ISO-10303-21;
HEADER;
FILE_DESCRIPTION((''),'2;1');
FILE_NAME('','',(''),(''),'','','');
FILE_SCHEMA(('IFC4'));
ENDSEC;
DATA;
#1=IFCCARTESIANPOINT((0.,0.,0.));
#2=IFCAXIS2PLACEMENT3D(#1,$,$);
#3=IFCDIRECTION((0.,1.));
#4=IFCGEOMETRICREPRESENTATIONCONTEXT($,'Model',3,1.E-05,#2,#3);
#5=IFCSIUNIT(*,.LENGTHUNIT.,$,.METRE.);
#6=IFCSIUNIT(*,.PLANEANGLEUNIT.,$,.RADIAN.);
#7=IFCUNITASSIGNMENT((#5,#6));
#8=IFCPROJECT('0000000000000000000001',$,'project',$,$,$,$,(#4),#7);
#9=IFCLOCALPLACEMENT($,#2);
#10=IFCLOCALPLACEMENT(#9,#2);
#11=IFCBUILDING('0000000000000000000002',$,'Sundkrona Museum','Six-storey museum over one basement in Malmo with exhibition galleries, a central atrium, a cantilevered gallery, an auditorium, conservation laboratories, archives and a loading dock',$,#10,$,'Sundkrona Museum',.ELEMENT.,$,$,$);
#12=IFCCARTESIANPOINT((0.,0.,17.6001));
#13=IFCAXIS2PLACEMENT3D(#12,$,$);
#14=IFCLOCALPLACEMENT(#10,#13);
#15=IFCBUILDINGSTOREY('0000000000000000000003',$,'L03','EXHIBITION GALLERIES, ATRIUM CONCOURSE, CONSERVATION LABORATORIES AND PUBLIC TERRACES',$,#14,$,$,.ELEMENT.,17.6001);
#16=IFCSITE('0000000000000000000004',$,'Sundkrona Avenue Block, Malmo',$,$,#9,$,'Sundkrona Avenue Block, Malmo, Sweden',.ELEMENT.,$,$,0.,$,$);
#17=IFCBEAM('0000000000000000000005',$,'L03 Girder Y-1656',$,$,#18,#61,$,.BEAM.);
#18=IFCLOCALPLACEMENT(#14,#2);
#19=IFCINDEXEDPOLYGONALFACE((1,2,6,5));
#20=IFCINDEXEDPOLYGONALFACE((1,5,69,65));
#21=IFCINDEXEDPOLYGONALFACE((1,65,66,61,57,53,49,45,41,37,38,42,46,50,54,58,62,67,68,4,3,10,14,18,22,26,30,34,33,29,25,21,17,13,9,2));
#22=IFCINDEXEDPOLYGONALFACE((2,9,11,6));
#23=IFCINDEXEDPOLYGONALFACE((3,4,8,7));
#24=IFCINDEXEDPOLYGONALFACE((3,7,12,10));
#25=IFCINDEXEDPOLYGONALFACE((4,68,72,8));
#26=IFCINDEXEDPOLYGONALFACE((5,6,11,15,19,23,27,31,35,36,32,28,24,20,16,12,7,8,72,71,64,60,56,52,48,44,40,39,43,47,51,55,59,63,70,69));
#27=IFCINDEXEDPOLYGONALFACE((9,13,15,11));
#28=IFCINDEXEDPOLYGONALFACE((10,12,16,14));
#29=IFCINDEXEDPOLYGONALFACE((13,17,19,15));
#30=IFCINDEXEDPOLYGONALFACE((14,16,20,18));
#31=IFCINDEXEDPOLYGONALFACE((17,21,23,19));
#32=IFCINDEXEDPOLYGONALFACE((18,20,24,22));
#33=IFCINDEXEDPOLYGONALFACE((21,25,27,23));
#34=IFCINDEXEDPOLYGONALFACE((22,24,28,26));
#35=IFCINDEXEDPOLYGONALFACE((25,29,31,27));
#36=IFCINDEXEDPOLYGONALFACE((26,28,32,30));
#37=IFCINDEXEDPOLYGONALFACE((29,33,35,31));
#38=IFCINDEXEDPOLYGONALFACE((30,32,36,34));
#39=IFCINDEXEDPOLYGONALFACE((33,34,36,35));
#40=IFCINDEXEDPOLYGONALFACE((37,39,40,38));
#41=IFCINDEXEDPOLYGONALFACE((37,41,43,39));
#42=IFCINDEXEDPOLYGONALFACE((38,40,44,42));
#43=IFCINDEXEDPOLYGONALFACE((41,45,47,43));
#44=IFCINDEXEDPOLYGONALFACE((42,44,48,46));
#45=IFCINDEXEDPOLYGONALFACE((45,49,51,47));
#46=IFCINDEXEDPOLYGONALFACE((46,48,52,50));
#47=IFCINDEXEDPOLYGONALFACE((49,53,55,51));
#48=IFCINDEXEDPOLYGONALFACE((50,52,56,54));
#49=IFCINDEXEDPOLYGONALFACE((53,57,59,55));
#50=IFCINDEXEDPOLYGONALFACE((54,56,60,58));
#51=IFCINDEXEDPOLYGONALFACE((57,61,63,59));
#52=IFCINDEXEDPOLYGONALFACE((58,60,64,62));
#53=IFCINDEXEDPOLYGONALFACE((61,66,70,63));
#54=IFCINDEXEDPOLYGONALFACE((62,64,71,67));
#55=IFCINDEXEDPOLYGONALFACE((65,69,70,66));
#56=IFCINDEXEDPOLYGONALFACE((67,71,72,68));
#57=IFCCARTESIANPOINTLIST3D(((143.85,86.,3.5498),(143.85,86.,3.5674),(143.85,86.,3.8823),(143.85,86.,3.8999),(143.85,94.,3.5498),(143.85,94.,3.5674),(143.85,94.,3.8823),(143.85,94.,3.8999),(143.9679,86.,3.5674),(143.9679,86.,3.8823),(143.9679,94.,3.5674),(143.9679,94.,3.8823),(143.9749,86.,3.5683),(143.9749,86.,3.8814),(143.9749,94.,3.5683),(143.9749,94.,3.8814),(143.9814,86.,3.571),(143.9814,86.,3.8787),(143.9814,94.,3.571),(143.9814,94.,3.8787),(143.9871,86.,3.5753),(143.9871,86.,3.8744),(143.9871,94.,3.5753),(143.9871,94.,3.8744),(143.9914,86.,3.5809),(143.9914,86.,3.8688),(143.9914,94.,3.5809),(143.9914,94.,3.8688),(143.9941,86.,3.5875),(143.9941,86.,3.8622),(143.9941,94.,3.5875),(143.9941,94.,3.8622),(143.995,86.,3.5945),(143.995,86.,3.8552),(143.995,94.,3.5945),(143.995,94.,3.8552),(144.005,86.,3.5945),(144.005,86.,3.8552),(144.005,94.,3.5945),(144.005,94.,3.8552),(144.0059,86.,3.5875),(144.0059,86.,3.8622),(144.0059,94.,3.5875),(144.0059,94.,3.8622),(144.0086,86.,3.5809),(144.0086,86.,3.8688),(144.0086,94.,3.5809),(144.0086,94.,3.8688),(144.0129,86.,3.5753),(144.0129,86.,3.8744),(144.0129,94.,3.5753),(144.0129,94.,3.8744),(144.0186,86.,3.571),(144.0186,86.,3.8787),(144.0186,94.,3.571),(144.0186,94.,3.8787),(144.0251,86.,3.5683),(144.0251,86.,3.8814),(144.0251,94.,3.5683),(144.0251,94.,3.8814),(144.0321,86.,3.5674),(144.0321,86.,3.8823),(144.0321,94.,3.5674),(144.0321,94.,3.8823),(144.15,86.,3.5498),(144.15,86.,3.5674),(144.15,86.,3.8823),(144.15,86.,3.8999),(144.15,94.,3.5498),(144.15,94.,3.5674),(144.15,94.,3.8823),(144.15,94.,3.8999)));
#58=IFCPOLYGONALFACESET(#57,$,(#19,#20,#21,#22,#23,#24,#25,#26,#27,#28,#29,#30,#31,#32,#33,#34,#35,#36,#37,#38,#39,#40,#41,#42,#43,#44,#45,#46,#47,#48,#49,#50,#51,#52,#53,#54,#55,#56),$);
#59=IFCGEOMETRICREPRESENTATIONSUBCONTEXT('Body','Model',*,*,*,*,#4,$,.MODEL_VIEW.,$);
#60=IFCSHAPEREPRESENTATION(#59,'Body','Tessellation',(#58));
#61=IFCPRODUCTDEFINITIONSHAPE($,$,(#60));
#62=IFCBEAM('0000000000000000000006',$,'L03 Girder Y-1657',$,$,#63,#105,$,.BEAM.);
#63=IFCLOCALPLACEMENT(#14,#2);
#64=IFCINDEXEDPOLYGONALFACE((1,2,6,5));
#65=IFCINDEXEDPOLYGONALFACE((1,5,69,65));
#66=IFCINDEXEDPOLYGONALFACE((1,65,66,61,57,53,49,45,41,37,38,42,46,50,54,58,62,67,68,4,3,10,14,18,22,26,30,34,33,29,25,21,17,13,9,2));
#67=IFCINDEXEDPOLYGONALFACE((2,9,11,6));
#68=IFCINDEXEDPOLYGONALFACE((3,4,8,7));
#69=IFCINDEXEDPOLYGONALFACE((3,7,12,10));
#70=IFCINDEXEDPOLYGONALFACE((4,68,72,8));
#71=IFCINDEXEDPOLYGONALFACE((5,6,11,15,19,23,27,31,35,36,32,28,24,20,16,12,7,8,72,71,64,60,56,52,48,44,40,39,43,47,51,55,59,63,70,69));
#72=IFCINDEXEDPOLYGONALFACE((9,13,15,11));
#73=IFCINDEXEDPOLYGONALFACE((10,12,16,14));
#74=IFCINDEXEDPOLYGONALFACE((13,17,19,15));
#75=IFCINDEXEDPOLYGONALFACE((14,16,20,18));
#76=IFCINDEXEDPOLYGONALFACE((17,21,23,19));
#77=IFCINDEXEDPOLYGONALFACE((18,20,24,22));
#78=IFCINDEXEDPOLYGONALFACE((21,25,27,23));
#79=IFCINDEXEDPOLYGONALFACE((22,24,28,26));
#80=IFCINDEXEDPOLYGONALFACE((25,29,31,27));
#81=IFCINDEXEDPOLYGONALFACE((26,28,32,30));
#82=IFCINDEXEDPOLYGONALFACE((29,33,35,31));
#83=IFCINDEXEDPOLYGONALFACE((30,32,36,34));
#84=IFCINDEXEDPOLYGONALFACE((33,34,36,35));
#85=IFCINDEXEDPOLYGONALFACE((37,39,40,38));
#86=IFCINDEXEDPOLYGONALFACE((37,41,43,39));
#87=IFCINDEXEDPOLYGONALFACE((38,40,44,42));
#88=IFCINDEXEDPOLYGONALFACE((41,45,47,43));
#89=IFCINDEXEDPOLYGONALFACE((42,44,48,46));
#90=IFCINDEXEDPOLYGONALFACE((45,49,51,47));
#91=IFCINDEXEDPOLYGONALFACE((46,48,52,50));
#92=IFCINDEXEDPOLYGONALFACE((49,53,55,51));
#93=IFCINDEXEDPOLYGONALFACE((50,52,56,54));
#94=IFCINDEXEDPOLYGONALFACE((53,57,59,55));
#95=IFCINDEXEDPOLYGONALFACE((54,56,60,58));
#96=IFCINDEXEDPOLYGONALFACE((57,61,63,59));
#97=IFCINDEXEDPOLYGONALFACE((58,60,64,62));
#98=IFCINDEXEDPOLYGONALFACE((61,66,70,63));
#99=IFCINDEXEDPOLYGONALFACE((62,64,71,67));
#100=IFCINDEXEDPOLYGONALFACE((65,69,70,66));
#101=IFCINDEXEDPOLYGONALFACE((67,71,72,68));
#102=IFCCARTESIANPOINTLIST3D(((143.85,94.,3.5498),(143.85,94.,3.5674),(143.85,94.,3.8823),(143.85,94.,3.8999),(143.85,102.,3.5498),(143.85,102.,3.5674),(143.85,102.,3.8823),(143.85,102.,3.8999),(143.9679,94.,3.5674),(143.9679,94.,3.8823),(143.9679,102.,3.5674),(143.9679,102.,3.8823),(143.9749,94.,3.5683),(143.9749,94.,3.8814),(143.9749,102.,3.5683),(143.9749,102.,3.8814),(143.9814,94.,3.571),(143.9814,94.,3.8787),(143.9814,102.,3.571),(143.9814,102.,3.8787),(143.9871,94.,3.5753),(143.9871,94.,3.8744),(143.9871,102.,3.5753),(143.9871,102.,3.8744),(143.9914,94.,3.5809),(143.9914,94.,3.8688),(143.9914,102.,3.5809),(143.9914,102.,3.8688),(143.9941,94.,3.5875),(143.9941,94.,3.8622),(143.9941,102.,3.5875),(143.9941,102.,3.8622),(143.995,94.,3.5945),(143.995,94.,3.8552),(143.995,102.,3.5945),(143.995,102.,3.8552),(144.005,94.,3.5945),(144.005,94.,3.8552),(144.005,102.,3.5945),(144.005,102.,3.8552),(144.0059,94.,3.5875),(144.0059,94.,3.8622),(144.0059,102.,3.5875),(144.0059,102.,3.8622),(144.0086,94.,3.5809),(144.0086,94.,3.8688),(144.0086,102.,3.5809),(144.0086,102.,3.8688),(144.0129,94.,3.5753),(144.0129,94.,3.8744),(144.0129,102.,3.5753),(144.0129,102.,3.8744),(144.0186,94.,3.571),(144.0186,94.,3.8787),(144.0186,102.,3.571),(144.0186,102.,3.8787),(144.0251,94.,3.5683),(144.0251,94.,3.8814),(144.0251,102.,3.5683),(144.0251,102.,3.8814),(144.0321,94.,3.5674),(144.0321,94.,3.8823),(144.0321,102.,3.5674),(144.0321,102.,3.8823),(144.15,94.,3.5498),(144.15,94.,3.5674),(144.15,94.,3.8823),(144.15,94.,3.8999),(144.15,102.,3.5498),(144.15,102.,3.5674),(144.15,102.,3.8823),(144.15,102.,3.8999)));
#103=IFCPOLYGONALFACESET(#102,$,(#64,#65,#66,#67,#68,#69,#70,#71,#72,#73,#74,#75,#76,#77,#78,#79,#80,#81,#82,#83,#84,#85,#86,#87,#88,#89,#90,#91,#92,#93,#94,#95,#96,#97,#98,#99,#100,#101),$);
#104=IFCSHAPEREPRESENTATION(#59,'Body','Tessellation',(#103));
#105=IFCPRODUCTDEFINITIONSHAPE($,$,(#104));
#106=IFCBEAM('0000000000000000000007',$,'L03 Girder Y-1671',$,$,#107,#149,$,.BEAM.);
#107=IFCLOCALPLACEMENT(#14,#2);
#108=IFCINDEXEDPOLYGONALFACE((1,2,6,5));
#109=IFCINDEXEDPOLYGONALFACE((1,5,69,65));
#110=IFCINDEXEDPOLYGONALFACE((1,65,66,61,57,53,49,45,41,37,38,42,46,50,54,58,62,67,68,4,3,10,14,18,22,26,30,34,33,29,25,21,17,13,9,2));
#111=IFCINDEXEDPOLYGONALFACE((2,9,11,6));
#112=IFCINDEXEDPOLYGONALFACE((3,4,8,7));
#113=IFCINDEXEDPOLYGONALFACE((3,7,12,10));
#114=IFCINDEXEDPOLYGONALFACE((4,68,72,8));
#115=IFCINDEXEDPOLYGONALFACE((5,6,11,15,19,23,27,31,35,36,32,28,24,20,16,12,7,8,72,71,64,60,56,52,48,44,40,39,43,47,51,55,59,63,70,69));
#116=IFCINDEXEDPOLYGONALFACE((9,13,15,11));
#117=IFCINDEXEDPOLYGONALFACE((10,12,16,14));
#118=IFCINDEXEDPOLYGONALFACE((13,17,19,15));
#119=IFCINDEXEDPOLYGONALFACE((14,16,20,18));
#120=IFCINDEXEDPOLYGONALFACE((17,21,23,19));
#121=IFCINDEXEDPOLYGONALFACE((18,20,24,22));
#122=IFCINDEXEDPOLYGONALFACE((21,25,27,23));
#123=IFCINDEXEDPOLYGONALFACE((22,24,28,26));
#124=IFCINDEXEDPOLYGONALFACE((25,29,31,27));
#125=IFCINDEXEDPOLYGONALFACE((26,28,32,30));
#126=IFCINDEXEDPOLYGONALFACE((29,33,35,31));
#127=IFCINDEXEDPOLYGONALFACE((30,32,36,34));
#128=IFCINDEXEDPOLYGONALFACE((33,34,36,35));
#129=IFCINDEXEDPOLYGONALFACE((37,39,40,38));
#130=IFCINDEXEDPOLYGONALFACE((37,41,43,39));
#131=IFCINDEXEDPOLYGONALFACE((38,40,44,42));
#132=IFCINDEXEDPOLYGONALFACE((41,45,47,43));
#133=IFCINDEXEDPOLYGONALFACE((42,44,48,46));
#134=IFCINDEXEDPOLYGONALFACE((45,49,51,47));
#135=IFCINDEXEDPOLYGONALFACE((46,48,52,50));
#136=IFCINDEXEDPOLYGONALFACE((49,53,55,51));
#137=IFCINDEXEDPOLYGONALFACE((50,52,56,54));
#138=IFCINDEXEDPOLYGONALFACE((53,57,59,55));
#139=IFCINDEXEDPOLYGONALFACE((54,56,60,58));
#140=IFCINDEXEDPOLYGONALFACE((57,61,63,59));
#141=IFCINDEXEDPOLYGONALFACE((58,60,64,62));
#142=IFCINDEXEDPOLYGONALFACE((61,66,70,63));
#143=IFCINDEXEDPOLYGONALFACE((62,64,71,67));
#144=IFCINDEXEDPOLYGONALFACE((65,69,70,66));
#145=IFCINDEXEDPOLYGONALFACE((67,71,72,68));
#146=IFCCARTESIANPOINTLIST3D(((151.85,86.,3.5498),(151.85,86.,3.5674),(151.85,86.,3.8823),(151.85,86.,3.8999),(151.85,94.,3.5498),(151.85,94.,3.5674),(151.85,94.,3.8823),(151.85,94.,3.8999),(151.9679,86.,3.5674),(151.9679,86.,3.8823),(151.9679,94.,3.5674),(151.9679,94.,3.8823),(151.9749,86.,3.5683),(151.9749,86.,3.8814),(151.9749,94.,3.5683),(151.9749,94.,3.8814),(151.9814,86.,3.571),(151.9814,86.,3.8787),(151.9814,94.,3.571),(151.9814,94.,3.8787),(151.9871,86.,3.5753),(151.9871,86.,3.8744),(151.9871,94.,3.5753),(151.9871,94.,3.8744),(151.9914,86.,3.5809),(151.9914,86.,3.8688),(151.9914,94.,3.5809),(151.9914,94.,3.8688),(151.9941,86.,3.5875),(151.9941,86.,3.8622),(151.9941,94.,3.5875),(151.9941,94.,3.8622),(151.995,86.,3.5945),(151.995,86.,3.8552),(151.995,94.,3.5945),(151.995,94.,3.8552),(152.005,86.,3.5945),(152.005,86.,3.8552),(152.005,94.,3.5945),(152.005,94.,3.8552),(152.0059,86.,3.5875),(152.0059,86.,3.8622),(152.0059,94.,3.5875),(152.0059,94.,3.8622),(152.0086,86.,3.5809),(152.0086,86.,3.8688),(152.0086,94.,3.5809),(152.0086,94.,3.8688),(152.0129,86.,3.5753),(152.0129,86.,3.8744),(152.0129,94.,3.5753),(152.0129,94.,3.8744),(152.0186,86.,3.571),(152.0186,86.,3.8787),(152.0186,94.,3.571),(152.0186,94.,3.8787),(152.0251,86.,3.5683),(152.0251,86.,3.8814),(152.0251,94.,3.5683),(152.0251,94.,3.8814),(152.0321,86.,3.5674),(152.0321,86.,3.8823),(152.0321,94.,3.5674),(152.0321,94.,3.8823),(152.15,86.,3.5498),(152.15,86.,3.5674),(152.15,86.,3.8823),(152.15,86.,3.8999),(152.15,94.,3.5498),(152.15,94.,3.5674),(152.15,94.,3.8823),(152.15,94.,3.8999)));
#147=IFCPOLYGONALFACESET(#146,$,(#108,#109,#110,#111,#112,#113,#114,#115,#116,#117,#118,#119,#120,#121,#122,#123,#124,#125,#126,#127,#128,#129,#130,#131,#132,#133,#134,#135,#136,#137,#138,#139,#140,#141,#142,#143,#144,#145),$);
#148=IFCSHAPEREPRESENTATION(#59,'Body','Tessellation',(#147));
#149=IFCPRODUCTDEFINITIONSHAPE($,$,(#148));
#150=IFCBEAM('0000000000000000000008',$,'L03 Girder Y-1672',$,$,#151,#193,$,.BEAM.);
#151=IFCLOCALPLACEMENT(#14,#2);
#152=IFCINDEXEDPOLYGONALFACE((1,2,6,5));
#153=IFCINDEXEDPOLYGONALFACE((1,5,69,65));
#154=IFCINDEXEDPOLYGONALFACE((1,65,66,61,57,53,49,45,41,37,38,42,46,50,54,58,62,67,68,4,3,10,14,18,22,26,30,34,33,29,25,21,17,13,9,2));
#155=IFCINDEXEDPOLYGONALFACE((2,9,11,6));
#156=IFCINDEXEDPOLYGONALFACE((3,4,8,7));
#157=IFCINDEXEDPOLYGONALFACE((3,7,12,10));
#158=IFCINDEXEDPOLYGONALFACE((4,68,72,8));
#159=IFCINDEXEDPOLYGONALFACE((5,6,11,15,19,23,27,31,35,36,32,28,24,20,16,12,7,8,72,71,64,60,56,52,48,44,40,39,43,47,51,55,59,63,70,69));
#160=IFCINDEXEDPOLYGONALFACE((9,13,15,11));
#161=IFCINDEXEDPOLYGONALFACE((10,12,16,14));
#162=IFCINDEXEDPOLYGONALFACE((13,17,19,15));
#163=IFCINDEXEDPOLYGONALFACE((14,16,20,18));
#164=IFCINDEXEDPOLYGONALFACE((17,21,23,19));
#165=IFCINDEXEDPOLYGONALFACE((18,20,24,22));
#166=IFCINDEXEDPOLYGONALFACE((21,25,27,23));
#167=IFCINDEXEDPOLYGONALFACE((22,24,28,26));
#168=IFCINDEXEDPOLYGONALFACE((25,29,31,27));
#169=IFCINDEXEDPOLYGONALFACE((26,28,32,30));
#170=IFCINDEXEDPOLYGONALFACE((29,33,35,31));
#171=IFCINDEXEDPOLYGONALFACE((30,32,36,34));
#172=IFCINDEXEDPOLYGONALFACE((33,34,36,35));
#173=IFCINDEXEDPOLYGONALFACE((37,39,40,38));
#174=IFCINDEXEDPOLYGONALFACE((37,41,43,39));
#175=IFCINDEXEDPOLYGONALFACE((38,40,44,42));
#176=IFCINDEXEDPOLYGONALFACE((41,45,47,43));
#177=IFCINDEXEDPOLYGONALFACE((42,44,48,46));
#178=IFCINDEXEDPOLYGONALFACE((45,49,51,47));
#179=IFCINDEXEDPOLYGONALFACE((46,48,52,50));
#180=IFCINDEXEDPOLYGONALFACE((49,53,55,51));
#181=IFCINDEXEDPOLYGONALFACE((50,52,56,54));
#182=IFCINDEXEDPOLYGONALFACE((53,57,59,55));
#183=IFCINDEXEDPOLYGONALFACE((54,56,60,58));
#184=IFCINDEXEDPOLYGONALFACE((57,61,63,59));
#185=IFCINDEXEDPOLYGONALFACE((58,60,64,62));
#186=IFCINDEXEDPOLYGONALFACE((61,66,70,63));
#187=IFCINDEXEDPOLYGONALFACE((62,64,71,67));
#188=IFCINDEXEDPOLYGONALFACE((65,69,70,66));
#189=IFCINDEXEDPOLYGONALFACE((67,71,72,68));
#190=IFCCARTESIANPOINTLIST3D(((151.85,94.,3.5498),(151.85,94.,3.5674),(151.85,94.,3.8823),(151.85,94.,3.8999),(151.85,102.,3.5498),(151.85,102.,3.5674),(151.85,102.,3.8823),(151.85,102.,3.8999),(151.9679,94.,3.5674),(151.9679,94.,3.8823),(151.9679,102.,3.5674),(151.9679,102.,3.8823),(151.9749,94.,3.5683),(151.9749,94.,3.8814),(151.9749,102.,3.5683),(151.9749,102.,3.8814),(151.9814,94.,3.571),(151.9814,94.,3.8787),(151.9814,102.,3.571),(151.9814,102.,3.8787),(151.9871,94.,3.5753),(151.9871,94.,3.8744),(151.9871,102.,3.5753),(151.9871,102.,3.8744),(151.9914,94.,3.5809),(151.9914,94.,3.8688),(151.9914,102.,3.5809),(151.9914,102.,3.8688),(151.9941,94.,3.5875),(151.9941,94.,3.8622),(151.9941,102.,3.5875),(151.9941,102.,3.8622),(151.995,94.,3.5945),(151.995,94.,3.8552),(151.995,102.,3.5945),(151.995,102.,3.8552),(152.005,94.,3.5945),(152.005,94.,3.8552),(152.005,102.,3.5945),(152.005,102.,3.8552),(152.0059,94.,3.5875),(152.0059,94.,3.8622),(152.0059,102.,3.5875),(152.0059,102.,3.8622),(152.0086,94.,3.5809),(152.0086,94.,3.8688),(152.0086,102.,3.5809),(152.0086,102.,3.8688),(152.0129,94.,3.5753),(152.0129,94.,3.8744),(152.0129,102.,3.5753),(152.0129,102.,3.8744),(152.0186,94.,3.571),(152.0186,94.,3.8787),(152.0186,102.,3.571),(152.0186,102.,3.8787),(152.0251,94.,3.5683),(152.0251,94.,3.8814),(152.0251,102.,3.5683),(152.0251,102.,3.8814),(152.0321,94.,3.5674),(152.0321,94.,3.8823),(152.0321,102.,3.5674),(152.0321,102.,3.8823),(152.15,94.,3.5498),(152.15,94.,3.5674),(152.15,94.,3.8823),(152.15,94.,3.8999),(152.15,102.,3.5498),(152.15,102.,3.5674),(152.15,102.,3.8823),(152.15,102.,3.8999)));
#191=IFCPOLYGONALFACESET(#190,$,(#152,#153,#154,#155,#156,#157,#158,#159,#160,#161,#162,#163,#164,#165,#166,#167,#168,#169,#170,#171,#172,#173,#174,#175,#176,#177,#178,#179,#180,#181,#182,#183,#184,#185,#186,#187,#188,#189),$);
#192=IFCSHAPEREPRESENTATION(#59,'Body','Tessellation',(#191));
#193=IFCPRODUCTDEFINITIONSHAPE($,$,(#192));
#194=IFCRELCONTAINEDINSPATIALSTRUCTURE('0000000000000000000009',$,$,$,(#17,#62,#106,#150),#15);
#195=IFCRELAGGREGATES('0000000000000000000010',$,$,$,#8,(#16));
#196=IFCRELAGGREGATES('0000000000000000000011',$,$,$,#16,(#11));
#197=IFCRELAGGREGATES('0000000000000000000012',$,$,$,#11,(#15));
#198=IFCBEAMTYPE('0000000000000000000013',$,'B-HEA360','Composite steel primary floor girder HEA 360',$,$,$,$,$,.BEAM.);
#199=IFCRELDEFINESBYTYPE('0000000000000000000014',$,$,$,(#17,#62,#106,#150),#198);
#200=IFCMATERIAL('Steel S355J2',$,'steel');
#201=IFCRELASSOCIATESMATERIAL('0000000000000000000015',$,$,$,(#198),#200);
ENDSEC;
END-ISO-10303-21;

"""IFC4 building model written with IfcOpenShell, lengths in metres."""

from ifc_helpers import new_model, si_unit, direction, frame, origin, origin_2d, place, context, subcontext, project, spatial, i_section, extrude, material, material_profile, profile_set, type_object, element, save


model = new_model("IFC4")

# Units and contexts
model_context = context("Model", 3, precision=1e-05, world=origin(), true_north=direction((0.0, 1.0)))
body_context = subcontext(model_context, "Body", "Model", "MODEL_VIEW")
ifc_project = project(units=[si_unit("LENGTHUNIT", "METRE"), si_unit("PLANEANGLEUNIT", "RADIAN")], contexts=[model_context])

# Site, building, storey
site_placement = place(None, origin())
site = spatial("IfcSite", under=ifc_project, at=site_placement, Name="Sundkrona Avenue Block, Malmo", LongName="Sundkrona Avenue Block, Malmo, Sweden", CompositionType="ELEMENT", RefElevation=0.0)
building_placement = place(site_placement, origin())
building = spatial("IfcBuilding", under=site, at=building_placement, Name="Sundkrona Museum", Description="Six-storey museum over one basement in Malmo with exhibition galleries, a central atrium, a cantilevered gallery, an auditorium, conservation laboratories, archives and a loading dock", LongName="Sundkrona Museum", CompositionType="ELEMENT")
storey_placement = place(building_placement, frame((0.0, 0.0, 17.6001)))
storey = spatial("IfcBuildingStorey", under=building, at=storey_placement, Name="L03", Description="EXHIBITION GALLERIES, ATRIUM CONCOURSE, CONSERVATION LABORATORIES AND PUBLIC TERRACES", CompositionType="ELEMENT", Elevation=17.6001)

# Shared definitions
ifc_material_1 = material(Name="Steel S355J2", Category="steel")

# Beams
ifc_material_profile_1 = material_profile(ifc_material_1, i_section(OverallWidth=0.3, OverallDepth=0.3501, WebThickness=0.01, FlangeThickness=0.0176, FilletRadius=0.0271, at=origin_2d()), Name="HEA 360")
ifc_profile_set_1 = profile_set([ifc_material_profile_1], Name="Steel S355J2")
beam_type_1 = type_object("IfcBeamType", Name="B-HEA360", Description="Composite steel primary floor girder HEA 360", PredefinedType="BEAM", material=ifc_profile_set_1)
for number, where, z_axis, x_axis, name in (
    (1, (144.0, 86.0, 3.7249), (0.0, 1.0, 0.0), (-1.0, 0.0, 0.0), "L03 Girder Y-1656"),
    (2, (144.0, 94.0, 3.7249), (0.0, 1.0, 0.0), (-1.0, 0.0, 0.0), "L03 Girder Y-1657"),
    (3, (152.0, 86.0, 3.7249), (0.0, 1.0, 0.0), (-1.0, 0.0, 0.0), "L03 Girder Y-1671"),
    (4, (152.0, 94.0, 3.7249), (0.0, 1.0, 0.0), (-1.0, 0.0, 0.0), "L03 Girder Y-1672"),
):
    element("IfcBeam", number, at=place(storey_placement, frame(where, z_axis=z_axis, x_axis=x_axis)), inside=storey, type_object=beam_type_1, Name=name, PredefinedType="BEAM", context=body_context, shape_type="SweptSolid", body=[
        extrude(i_section(OverallWidth=0.3, OverallDepth=0.3501, WebThickness=0.01, FlangeThickness=0.0176, FilletRadius=0.0271, at=origin_2d()), origin(), (0.0, 0.0, 1.0), 8.0),
    ])

save(model, "model.ifc")
